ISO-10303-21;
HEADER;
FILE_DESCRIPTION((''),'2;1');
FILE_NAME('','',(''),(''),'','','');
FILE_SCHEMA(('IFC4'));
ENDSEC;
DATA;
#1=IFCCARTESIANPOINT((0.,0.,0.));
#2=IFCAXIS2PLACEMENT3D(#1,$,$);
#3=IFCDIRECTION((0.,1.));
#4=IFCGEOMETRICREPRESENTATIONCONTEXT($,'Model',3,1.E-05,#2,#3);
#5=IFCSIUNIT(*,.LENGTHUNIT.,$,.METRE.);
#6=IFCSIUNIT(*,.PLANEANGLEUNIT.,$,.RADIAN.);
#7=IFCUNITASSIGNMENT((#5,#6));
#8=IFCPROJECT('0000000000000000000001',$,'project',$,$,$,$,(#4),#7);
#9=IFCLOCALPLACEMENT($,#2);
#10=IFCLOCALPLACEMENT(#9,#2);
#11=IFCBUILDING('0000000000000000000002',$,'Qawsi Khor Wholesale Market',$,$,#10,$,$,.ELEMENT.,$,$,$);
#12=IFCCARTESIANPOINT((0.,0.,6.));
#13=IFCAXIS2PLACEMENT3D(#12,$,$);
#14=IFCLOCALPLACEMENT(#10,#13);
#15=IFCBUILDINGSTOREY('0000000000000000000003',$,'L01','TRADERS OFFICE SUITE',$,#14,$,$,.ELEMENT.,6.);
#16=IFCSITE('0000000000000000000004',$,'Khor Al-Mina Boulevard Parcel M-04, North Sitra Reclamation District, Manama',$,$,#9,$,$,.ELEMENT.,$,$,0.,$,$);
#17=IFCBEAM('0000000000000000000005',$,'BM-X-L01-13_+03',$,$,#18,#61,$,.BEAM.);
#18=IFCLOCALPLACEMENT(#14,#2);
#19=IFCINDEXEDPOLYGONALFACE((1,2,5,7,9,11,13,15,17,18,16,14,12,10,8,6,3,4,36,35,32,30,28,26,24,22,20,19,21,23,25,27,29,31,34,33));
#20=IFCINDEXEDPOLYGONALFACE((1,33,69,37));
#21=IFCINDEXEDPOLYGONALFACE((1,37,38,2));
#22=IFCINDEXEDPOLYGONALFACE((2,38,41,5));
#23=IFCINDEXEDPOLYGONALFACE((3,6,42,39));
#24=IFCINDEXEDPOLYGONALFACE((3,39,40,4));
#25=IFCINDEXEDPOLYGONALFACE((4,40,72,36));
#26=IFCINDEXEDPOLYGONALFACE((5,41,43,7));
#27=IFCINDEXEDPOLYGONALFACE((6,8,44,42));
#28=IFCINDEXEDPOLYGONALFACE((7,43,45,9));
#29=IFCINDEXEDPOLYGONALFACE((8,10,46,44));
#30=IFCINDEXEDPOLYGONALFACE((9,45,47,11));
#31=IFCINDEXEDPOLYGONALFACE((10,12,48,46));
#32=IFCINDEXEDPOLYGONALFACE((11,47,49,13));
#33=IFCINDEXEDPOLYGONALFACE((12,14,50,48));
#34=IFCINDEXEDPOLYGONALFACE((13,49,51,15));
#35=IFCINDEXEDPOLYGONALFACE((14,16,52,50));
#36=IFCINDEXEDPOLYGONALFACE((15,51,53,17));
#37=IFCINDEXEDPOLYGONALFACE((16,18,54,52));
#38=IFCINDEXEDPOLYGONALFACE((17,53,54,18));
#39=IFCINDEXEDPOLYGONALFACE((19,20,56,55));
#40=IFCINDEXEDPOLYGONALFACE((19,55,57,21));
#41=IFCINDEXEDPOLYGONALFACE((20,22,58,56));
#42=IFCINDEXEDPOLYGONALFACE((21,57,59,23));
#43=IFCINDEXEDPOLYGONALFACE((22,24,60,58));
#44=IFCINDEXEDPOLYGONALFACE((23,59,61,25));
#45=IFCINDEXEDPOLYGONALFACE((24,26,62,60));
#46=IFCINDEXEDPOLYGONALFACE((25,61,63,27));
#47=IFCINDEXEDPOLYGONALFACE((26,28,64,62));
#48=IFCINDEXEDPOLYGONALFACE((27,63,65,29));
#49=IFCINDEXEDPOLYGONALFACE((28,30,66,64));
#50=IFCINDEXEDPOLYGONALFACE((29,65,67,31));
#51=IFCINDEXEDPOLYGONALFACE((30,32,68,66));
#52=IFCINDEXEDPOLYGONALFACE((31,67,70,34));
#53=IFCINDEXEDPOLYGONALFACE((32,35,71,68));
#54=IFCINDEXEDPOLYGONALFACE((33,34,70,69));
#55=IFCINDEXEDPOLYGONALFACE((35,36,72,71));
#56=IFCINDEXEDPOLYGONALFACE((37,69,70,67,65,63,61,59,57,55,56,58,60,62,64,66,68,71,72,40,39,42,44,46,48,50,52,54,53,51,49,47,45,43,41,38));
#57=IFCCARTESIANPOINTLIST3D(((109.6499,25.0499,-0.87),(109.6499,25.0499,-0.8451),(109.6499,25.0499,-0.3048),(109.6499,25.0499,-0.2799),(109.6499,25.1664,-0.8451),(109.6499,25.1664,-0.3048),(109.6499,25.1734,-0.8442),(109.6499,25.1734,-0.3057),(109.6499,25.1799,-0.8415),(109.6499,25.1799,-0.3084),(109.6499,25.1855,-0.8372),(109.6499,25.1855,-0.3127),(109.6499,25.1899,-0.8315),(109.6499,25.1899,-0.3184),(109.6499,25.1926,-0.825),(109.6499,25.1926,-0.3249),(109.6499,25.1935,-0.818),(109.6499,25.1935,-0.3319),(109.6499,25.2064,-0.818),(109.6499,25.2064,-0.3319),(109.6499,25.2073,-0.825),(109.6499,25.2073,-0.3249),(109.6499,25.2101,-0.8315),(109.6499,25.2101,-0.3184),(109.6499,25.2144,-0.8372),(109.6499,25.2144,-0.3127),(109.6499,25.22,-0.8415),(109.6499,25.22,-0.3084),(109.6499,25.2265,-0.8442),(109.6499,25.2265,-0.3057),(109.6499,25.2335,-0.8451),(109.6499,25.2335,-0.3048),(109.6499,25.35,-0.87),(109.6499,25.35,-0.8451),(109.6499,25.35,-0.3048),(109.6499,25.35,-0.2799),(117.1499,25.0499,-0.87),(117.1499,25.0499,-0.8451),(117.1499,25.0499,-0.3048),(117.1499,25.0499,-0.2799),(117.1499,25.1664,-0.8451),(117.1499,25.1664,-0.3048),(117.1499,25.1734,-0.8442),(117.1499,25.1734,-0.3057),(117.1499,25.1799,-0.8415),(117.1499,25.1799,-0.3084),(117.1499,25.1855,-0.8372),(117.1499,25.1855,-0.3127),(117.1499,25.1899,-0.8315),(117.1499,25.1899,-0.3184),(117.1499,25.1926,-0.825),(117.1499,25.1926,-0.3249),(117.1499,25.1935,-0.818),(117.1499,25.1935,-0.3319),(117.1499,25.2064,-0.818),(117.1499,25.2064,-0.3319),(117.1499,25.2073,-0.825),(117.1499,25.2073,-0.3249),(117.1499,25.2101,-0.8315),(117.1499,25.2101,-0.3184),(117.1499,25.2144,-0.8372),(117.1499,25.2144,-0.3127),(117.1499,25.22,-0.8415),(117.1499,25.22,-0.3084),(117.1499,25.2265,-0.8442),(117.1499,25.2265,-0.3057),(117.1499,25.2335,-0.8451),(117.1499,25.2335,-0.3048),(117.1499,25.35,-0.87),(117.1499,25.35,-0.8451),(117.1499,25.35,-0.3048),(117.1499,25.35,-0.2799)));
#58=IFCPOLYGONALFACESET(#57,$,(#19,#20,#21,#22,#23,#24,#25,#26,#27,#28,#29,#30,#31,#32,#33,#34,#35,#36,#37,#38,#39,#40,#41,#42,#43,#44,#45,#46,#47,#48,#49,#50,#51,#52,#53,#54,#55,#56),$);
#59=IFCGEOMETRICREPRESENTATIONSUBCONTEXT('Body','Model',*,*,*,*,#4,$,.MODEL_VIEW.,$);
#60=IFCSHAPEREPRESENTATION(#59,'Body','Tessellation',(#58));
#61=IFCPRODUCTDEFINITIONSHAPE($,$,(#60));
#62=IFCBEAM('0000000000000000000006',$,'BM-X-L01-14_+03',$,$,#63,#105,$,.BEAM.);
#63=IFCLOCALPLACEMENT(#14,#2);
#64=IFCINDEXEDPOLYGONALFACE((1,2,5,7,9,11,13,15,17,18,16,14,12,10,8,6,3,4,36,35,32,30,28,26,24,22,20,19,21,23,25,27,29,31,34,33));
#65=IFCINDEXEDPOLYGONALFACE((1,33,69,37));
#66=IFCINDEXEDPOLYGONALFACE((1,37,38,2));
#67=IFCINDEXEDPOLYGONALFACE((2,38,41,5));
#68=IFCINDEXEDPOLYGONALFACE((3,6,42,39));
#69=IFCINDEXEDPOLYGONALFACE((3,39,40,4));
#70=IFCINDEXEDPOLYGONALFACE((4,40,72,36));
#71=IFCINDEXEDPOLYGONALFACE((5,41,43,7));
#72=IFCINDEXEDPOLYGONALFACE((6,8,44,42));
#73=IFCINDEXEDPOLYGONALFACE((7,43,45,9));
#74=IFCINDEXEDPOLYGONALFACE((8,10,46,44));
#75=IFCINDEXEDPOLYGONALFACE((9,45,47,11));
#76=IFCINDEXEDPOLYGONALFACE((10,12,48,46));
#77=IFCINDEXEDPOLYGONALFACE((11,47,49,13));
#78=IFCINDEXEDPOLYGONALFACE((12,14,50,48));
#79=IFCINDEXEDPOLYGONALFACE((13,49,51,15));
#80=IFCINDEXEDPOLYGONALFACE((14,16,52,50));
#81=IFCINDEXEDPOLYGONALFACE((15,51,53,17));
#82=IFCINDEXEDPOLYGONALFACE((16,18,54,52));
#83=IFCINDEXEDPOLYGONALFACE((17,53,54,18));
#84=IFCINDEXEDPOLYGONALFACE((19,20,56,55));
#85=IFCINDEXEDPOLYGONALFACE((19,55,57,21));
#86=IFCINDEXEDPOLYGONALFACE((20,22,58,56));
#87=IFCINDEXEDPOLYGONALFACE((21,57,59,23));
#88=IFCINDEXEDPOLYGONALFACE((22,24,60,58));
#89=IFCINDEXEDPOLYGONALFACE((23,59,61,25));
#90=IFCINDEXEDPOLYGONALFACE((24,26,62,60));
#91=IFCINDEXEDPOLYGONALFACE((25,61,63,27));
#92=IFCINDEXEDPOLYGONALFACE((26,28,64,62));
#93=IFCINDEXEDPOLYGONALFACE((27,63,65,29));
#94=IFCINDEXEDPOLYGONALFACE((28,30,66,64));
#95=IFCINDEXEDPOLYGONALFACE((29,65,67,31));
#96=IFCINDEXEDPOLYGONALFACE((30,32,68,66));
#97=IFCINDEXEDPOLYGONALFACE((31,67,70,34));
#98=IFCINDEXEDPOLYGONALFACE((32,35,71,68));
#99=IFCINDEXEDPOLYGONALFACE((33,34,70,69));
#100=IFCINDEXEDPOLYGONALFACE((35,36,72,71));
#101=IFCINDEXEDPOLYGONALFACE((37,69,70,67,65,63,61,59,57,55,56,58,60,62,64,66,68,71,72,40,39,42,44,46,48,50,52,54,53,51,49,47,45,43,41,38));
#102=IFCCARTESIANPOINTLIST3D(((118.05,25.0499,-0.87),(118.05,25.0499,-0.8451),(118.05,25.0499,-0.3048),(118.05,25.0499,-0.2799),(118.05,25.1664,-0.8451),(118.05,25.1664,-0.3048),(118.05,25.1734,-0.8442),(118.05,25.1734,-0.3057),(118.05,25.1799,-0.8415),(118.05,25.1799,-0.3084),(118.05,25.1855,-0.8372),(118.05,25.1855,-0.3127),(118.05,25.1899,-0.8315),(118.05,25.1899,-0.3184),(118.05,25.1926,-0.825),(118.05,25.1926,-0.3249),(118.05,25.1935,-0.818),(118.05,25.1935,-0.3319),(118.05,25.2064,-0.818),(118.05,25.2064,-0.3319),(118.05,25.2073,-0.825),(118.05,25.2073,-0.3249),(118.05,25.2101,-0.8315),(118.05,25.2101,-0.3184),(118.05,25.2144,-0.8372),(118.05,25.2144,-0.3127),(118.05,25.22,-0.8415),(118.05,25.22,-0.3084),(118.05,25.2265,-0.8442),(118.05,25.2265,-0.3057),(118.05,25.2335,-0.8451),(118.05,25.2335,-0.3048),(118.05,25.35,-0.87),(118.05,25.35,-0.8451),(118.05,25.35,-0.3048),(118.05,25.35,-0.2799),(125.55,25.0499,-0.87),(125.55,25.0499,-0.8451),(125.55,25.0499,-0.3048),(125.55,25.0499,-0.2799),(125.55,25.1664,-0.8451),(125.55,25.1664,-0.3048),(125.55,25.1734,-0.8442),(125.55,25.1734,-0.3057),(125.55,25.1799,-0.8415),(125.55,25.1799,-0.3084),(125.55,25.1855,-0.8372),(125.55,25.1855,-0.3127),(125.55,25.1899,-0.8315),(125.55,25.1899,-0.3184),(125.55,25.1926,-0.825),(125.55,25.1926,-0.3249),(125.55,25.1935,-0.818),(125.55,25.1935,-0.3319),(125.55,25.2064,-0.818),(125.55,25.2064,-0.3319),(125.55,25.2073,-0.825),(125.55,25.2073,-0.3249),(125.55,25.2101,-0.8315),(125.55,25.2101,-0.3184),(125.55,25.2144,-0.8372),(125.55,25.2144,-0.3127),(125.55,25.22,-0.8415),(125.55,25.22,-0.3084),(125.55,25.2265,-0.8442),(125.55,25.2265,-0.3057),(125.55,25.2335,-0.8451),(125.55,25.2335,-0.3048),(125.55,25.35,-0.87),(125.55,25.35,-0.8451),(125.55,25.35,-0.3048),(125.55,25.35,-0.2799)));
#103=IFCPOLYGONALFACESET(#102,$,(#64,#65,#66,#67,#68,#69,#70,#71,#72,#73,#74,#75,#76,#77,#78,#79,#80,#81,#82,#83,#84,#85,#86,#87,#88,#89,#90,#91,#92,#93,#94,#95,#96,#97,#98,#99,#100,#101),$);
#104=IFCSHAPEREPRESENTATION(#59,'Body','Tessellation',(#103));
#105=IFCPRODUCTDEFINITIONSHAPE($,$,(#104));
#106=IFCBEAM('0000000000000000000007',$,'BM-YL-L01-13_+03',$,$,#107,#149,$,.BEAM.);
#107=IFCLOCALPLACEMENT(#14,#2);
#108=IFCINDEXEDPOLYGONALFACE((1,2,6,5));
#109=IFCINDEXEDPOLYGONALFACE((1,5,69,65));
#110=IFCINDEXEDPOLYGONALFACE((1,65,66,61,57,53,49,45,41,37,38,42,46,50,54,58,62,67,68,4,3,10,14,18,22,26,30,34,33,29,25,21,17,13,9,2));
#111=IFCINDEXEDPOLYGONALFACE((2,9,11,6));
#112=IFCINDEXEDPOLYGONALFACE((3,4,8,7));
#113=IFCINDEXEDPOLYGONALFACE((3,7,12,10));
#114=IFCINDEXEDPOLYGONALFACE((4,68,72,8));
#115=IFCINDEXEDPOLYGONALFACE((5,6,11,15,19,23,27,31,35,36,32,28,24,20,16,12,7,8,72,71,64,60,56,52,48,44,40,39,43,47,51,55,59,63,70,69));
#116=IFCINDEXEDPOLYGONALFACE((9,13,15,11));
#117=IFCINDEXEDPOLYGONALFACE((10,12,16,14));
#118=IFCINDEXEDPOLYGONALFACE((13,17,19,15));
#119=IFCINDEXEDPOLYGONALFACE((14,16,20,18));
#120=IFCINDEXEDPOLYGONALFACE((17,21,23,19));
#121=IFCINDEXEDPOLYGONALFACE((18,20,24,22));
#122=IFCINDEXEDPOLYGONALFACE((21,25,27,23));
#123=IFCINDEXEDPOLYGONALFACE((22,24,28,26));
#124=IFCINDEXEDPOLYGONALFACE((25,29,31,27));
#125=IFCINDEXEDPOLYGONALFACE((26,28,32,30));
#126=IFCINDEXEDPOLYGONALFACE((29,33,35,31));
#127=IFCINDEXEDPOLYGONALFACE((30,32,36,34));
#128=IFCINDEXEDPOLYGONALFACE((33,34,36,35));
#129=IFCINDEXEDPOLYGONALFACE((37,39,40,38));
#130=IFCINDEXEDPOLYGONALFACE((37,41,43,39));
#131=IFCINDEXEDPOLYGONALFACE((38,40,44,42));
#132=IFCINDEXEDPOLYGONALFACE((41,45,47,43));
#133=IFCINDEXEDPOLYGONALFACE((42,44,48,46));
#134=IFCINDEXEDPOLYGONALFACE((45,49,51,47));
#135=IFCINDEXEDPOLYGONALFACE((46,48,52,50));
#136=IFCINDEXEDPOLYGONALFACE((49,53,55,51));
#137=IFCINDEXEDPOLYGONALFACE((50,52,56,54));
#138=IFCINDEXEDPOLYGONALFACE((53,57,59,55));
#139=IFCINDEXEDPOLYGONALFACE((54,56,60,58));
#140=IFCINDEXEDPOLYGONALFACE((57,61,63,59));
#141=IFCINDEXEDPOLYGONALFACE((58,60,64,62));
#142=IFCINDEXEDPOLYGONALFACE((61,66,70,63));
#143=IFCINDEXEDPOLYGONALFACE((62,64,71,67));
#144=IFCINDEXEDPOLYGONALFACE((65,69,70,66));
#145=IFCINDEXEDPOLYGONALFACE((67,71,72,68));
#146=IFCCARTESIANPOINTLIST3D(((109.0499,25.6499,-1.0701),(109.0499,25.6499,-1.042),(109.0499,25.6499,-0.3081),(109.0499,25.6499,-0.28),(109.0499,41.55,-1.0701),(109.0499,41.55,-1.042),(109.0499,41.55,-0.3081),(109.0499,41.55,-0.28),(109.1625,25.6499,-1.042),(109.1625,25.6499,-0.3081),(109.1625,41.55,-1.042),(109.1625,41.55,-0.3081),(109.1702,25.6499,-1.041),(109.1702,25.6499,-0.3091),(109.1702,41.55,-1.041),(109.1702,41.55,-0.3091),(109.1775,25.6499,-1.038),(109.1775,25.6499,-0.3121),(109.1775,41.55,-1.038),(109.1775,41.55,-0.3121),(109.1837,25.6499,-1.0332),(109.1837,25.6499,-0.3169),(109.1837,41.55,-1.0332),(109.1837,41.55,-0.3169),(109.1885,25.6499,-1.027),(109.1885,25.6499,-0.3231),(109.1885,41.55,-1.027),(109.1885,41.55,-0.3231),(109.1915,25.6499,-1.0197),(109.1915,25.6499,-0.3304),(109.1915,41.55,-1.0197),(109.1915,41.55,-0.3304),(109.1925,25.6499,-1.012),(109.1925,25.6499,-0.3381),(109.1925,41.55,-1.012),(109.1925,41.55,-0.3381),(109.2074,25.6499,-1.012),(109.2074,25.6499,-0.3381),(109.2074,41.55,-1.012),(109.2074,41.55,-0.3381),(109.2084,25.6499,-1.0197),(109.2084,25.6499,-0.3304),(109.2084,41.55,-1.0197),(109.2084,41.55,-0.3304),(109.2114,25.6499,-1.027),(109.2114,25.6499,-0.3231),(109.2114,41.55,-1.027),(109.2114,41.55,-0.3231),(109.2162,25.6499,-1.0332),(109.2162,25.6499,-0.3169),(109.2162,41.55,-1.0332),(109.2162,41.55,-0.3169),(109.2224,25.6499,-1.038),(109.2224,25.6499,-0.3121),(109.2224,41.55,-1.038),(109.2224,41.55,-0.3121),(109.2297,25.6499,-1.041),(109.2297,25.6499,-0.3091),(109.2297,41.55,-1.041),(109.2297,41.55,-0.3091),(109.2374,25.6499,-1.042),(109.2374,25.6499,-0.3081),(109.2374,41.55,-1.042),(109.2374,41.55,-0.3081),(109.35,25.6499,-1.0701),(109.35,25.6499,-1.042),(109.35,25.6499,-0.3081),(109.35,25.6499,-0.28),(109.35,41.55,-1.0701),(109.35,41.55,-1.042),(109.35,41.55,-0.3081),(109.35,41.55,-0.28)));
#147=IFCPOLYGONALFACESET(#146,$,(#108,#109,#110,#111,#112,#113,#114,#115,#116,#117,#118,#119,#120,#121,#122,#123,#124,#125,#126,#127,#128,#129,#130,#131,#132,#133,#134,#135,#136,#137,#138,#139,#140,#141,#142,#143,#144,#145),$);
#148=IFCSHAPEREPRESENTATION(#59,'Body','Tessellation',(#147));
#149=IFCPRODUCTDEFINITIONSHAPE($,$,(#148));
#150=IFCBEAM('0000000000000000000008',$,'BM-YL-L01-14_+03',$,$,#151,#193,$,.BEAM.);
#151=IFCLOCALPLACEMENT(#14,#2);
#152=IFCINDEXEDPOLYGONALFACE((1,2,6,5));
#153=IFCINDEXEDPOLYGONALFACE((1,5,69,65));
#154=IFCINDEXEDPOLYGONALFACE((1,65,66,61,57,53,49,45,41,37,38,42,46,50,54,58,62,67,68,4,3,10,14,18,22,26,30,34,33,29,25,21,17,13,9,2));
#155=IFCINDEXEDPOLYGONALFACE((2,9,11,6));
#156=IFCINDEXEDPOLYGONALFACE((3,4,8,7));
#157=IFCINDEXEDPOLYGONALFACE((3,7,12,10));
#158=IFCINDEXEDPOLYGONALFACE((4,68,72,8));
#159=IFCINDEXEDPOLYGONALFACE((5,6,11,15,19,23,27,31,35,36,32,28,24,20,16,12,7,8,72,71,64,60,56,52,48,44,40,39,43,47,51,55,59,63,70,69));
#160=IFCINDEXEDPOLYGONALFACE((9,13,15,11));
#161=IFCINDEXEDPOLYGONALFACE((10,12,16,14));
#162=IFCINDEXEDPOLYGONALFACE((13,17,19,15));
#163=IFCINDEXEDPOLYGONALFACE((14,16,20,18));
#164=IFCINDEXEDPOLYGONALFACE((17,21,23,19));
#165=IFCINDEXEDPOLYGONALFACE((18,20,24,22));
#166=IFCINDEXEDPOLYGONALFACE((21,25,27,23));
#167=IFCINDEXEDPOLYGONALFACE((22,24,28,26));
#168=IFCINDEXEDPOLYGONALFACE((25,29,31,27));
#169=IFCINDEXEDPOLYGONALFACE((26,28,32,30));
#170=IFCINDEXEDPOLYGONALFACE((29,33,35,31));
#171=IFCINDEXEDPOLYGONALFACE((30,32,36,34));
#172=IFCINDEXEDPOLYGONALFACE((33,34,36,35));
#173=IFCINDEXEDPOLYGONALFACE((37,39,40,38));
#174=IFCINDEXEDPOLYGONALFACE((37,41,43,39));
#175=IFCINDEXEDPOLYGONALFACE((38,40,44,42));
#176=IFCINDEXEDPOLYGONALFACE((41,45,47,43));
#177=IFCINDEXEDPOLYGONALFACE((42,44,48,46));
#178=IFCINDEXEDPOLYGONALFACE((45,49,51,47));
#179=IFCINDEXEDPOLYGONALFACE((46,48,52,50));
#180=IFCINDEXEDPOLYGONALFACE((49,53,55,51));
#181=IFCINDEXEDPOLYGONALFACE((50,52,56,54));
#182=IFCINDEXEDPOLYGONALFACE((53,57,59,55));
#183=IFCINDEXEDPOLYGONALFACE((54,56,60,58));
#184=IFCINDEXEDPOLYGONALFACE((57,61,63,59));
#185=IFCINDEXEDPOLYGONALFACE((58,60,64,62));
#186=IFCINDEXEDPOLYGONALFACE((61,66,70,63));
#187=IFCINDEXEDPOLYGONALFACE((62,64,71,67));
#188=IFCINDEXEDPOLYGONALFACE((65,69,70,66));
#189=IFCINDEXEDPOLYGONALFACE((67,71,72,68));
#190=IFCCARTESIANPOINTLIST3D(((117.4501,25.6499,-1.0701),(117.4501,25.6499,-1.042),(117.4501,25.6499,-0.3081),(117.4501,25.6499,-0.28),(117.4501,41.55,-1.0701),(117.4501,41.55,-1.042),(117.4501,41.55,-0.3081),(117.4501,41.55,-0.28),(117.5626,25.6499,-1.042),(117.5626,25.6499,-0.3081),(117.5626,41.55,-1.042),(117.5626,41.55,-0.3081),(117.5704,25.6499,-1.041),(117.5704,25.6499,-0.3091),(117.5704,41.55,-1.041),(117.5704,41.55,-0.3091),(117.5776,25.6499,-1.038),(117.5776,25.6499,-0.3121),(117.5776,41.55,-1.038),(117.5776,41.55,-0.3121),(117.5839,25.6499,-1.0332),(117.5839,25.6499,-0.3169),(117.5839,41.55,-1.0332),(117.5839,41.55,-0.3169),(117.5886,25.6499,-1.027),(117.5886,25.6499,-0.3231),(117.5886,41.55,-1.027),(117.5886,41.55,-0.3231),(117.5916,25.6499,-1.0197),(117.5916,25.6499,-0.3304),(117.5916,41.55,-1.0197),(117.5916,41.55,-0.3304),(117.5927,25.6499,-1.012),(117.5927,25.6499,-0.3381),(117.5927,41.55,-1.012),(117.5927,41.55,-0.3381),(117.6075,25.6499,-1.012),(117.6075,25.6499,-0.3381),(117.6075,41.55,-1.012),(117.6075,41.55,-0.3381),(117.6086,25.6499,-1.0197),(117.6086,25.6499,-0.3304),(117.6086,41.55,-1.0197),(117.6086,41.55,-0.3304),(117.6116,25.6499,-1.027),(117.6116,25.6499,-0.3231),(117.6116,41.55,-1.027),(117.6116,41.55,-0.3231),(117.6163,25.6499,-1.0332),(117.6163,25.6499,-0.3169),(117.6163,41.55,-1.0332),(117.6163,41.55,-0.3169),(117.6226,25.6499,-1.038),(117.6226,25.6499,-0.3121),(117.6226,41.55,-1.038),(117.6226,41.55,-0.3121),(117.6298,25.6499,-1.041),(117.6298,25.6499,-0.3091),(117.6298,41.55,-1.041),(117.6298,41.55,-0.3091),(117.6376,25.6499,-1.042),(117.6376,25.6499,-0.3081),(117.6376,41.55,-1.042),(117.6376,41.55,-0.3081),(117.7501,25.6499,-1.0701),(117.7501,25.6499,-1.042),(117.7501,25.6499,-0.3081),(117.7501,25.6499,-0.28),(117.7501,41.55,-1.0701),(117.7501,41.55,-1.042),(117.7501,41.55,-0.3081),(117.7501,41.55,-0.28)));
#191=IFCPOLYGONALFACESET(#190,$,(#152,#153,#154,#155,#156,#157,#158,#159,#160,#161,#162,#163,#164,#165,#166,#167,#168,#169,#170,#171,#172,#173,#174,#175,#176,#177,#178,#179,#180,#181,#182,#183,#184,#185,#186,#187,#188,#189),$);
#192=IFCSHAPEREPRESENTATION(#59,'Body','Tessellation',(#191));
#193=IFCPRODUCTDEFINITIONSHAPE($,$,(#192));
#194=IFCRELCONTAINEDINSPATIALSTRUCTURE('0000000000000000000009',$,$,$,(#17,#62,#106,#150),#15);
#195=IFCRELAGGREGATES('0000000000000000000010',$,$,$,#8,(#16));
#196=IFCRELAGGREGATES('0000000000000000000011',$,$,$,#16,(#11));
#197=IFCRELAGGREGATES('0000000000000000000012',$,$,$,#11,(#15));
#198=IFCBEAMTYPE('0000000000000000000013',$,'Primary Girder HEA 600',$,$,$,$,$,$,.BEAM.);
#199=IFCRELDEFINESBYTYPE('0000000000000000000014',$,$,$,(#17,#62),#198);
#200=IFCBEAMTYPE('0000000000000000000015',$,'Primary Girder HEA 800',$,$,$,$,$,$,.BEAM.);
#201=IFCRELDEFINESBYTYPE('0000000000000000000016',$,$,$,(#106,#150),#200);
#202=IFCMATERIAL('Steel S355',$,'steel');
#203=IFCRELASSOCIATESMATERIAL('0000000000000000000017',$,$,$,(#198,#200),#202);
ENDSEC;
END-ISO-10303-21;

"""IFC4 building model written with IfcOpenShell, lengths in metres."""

from ifc_helpers import new_model, si_unit, direction, frame, origin, origin_2d, place, context, subcontext, project, spatial, i_section, extrude, material, material_profile, profile_set, type_object, element, save


model = new_model("IFC4")

# Units and contexts
model_context = context("Model", 3, precision=1e-05, world=origin(), true_north=direction((0.0, 1.0)))
body_context = subcontext(model_context, "Body", "Model", "MODEL_VIEW")
ifc_project = project(units=[si_unit("LENGTHUNIT", "METRE"), si_unit("PLANEANGLEUNIT", "RADIAN")], contexts=[model_context])

# Site, building, storey
site_placement = place(None, origin())
site = spatial("IfcSite", under=ifc_project, at=site_placement, Name="Khor Al-Mina Boulevard Parcel M-04, North Sitra Reclamation District, Manama", CompositionType="ELEMENT", RefElevation=0.0)
building_placement = place(site_placement, origin())
building = spatial("IfcBuilding", under=site, at=building_placement, Name="Qawsi Khor Wholesale Market", CompositionType="ELEMENT")
storey_placement = place(building_placement, frame((0.0, 0.0, 6.0)))
storey = spatial("IfcBuildingStorey", under=building, at=storey_placement, Name="L01", Description="TRADERS OFFICE SUITE", CompositionType="ELEMENT", Elevation=6.0)

# Beams
ifc_material_1 = material(Name="Steel S355", Category="steel")
ifc_material_profile_1 = material_profile(ifc_material_1, i_section(OverallWidth=0.3, OverallDepth=0.5901, WebThickness=0.0129, FlangeThickness=0.0249, FilletRadius=0.0271, at=origin_2d()), Name="HEA 600")
ifc_profile_set_1 = profile_set([ifc_material_profile_1], Name="Steel S355")
beam_type_1 = type_object("IfcBeamType", Name="Primary Girder HEA 600", PredefinedType="BEAM", material=ifc_profile_set_1)
for number, where, z_axis, x_axis, name in (
    (1, (109.6499, 25.2, -0.575), (1.0, 0.0, 0.0), (0.0, 1.0, 0.0), "BM-X-L01-13_+03"),
    (2, (118.05, 25.2, -0.575), (1.0, 0.0, 0.0), (0.0, 1.0, 0.0), "BM-X-L01-14_+03"),
):
    element("IfcBeam", number, at=place(storey_placement, frame(where, z_axis=z_axis, x_axis=x_axis)), inside=storey, type_object=beam_type_1, Name=name, PredefinedType="BEAM", context=body_context, shape_type="SweptSolid", body=[
        extrude(i_section(OverallWidth=0.3, OverallDepth=0.5901, WebThickness=0.0129, FlangeThickness=0.0249, FilletRadius=0.0271, at=origin_2d()), origin(), (0.0, 0.0, 1.0), 7.5),
    ])
ifc_material_profile_2 = material_profile(ifc_material_1, i_section(OverallWidth=0.3, OverallDepth=0.79, WebThickness=0.0149, FlangeThickness=0.0281, FilletRadius=0.03, at=origin_2d()), Name="HEA 800")
ifc_profile_set_2 = profile_set([ifc_material_profile_2], Name="Steel S355")
beam_type_2 = type_object("IfcBeamType", Name="Primary Girder HEA 800", PredefinedType="BEAM", material=ifc_profile_set_2)
for number, where, z_axis, x_axis, name in (
    (3, (109.2, 25.6499, -0.675), (0.0, 1.0, 0.0), (-1.0, 0.0, 0.0), "BM-YL-L01-13_+03"),
    (4, (117.6001, 25.6499, -0.675), (0.0, 1.0, 0.0), (-1.0, 0.0, 0.0), "BM-YL-L01-14_+03"),
):
    element("IfcBeam", number, at=place(storey_placement, frame(where, z_axis=z_axis, x_axis=x_axis)), inside=storey, type_object=beam_type_2, Name=name, PredefinedType="BEAM", context=body_context, shape_type="SweptSolid", body=[
        extrude(i_section(OverallWidth=0.3, OverallDepth=0.79, WebThickness=0.0149, FlangeThickness=0.0281, FilletRadius=0.03, at=origin_2d()), origin(), (0.0, 0.0, 1.0), 15.9001),
    ])

save(model, "model.ifc")
